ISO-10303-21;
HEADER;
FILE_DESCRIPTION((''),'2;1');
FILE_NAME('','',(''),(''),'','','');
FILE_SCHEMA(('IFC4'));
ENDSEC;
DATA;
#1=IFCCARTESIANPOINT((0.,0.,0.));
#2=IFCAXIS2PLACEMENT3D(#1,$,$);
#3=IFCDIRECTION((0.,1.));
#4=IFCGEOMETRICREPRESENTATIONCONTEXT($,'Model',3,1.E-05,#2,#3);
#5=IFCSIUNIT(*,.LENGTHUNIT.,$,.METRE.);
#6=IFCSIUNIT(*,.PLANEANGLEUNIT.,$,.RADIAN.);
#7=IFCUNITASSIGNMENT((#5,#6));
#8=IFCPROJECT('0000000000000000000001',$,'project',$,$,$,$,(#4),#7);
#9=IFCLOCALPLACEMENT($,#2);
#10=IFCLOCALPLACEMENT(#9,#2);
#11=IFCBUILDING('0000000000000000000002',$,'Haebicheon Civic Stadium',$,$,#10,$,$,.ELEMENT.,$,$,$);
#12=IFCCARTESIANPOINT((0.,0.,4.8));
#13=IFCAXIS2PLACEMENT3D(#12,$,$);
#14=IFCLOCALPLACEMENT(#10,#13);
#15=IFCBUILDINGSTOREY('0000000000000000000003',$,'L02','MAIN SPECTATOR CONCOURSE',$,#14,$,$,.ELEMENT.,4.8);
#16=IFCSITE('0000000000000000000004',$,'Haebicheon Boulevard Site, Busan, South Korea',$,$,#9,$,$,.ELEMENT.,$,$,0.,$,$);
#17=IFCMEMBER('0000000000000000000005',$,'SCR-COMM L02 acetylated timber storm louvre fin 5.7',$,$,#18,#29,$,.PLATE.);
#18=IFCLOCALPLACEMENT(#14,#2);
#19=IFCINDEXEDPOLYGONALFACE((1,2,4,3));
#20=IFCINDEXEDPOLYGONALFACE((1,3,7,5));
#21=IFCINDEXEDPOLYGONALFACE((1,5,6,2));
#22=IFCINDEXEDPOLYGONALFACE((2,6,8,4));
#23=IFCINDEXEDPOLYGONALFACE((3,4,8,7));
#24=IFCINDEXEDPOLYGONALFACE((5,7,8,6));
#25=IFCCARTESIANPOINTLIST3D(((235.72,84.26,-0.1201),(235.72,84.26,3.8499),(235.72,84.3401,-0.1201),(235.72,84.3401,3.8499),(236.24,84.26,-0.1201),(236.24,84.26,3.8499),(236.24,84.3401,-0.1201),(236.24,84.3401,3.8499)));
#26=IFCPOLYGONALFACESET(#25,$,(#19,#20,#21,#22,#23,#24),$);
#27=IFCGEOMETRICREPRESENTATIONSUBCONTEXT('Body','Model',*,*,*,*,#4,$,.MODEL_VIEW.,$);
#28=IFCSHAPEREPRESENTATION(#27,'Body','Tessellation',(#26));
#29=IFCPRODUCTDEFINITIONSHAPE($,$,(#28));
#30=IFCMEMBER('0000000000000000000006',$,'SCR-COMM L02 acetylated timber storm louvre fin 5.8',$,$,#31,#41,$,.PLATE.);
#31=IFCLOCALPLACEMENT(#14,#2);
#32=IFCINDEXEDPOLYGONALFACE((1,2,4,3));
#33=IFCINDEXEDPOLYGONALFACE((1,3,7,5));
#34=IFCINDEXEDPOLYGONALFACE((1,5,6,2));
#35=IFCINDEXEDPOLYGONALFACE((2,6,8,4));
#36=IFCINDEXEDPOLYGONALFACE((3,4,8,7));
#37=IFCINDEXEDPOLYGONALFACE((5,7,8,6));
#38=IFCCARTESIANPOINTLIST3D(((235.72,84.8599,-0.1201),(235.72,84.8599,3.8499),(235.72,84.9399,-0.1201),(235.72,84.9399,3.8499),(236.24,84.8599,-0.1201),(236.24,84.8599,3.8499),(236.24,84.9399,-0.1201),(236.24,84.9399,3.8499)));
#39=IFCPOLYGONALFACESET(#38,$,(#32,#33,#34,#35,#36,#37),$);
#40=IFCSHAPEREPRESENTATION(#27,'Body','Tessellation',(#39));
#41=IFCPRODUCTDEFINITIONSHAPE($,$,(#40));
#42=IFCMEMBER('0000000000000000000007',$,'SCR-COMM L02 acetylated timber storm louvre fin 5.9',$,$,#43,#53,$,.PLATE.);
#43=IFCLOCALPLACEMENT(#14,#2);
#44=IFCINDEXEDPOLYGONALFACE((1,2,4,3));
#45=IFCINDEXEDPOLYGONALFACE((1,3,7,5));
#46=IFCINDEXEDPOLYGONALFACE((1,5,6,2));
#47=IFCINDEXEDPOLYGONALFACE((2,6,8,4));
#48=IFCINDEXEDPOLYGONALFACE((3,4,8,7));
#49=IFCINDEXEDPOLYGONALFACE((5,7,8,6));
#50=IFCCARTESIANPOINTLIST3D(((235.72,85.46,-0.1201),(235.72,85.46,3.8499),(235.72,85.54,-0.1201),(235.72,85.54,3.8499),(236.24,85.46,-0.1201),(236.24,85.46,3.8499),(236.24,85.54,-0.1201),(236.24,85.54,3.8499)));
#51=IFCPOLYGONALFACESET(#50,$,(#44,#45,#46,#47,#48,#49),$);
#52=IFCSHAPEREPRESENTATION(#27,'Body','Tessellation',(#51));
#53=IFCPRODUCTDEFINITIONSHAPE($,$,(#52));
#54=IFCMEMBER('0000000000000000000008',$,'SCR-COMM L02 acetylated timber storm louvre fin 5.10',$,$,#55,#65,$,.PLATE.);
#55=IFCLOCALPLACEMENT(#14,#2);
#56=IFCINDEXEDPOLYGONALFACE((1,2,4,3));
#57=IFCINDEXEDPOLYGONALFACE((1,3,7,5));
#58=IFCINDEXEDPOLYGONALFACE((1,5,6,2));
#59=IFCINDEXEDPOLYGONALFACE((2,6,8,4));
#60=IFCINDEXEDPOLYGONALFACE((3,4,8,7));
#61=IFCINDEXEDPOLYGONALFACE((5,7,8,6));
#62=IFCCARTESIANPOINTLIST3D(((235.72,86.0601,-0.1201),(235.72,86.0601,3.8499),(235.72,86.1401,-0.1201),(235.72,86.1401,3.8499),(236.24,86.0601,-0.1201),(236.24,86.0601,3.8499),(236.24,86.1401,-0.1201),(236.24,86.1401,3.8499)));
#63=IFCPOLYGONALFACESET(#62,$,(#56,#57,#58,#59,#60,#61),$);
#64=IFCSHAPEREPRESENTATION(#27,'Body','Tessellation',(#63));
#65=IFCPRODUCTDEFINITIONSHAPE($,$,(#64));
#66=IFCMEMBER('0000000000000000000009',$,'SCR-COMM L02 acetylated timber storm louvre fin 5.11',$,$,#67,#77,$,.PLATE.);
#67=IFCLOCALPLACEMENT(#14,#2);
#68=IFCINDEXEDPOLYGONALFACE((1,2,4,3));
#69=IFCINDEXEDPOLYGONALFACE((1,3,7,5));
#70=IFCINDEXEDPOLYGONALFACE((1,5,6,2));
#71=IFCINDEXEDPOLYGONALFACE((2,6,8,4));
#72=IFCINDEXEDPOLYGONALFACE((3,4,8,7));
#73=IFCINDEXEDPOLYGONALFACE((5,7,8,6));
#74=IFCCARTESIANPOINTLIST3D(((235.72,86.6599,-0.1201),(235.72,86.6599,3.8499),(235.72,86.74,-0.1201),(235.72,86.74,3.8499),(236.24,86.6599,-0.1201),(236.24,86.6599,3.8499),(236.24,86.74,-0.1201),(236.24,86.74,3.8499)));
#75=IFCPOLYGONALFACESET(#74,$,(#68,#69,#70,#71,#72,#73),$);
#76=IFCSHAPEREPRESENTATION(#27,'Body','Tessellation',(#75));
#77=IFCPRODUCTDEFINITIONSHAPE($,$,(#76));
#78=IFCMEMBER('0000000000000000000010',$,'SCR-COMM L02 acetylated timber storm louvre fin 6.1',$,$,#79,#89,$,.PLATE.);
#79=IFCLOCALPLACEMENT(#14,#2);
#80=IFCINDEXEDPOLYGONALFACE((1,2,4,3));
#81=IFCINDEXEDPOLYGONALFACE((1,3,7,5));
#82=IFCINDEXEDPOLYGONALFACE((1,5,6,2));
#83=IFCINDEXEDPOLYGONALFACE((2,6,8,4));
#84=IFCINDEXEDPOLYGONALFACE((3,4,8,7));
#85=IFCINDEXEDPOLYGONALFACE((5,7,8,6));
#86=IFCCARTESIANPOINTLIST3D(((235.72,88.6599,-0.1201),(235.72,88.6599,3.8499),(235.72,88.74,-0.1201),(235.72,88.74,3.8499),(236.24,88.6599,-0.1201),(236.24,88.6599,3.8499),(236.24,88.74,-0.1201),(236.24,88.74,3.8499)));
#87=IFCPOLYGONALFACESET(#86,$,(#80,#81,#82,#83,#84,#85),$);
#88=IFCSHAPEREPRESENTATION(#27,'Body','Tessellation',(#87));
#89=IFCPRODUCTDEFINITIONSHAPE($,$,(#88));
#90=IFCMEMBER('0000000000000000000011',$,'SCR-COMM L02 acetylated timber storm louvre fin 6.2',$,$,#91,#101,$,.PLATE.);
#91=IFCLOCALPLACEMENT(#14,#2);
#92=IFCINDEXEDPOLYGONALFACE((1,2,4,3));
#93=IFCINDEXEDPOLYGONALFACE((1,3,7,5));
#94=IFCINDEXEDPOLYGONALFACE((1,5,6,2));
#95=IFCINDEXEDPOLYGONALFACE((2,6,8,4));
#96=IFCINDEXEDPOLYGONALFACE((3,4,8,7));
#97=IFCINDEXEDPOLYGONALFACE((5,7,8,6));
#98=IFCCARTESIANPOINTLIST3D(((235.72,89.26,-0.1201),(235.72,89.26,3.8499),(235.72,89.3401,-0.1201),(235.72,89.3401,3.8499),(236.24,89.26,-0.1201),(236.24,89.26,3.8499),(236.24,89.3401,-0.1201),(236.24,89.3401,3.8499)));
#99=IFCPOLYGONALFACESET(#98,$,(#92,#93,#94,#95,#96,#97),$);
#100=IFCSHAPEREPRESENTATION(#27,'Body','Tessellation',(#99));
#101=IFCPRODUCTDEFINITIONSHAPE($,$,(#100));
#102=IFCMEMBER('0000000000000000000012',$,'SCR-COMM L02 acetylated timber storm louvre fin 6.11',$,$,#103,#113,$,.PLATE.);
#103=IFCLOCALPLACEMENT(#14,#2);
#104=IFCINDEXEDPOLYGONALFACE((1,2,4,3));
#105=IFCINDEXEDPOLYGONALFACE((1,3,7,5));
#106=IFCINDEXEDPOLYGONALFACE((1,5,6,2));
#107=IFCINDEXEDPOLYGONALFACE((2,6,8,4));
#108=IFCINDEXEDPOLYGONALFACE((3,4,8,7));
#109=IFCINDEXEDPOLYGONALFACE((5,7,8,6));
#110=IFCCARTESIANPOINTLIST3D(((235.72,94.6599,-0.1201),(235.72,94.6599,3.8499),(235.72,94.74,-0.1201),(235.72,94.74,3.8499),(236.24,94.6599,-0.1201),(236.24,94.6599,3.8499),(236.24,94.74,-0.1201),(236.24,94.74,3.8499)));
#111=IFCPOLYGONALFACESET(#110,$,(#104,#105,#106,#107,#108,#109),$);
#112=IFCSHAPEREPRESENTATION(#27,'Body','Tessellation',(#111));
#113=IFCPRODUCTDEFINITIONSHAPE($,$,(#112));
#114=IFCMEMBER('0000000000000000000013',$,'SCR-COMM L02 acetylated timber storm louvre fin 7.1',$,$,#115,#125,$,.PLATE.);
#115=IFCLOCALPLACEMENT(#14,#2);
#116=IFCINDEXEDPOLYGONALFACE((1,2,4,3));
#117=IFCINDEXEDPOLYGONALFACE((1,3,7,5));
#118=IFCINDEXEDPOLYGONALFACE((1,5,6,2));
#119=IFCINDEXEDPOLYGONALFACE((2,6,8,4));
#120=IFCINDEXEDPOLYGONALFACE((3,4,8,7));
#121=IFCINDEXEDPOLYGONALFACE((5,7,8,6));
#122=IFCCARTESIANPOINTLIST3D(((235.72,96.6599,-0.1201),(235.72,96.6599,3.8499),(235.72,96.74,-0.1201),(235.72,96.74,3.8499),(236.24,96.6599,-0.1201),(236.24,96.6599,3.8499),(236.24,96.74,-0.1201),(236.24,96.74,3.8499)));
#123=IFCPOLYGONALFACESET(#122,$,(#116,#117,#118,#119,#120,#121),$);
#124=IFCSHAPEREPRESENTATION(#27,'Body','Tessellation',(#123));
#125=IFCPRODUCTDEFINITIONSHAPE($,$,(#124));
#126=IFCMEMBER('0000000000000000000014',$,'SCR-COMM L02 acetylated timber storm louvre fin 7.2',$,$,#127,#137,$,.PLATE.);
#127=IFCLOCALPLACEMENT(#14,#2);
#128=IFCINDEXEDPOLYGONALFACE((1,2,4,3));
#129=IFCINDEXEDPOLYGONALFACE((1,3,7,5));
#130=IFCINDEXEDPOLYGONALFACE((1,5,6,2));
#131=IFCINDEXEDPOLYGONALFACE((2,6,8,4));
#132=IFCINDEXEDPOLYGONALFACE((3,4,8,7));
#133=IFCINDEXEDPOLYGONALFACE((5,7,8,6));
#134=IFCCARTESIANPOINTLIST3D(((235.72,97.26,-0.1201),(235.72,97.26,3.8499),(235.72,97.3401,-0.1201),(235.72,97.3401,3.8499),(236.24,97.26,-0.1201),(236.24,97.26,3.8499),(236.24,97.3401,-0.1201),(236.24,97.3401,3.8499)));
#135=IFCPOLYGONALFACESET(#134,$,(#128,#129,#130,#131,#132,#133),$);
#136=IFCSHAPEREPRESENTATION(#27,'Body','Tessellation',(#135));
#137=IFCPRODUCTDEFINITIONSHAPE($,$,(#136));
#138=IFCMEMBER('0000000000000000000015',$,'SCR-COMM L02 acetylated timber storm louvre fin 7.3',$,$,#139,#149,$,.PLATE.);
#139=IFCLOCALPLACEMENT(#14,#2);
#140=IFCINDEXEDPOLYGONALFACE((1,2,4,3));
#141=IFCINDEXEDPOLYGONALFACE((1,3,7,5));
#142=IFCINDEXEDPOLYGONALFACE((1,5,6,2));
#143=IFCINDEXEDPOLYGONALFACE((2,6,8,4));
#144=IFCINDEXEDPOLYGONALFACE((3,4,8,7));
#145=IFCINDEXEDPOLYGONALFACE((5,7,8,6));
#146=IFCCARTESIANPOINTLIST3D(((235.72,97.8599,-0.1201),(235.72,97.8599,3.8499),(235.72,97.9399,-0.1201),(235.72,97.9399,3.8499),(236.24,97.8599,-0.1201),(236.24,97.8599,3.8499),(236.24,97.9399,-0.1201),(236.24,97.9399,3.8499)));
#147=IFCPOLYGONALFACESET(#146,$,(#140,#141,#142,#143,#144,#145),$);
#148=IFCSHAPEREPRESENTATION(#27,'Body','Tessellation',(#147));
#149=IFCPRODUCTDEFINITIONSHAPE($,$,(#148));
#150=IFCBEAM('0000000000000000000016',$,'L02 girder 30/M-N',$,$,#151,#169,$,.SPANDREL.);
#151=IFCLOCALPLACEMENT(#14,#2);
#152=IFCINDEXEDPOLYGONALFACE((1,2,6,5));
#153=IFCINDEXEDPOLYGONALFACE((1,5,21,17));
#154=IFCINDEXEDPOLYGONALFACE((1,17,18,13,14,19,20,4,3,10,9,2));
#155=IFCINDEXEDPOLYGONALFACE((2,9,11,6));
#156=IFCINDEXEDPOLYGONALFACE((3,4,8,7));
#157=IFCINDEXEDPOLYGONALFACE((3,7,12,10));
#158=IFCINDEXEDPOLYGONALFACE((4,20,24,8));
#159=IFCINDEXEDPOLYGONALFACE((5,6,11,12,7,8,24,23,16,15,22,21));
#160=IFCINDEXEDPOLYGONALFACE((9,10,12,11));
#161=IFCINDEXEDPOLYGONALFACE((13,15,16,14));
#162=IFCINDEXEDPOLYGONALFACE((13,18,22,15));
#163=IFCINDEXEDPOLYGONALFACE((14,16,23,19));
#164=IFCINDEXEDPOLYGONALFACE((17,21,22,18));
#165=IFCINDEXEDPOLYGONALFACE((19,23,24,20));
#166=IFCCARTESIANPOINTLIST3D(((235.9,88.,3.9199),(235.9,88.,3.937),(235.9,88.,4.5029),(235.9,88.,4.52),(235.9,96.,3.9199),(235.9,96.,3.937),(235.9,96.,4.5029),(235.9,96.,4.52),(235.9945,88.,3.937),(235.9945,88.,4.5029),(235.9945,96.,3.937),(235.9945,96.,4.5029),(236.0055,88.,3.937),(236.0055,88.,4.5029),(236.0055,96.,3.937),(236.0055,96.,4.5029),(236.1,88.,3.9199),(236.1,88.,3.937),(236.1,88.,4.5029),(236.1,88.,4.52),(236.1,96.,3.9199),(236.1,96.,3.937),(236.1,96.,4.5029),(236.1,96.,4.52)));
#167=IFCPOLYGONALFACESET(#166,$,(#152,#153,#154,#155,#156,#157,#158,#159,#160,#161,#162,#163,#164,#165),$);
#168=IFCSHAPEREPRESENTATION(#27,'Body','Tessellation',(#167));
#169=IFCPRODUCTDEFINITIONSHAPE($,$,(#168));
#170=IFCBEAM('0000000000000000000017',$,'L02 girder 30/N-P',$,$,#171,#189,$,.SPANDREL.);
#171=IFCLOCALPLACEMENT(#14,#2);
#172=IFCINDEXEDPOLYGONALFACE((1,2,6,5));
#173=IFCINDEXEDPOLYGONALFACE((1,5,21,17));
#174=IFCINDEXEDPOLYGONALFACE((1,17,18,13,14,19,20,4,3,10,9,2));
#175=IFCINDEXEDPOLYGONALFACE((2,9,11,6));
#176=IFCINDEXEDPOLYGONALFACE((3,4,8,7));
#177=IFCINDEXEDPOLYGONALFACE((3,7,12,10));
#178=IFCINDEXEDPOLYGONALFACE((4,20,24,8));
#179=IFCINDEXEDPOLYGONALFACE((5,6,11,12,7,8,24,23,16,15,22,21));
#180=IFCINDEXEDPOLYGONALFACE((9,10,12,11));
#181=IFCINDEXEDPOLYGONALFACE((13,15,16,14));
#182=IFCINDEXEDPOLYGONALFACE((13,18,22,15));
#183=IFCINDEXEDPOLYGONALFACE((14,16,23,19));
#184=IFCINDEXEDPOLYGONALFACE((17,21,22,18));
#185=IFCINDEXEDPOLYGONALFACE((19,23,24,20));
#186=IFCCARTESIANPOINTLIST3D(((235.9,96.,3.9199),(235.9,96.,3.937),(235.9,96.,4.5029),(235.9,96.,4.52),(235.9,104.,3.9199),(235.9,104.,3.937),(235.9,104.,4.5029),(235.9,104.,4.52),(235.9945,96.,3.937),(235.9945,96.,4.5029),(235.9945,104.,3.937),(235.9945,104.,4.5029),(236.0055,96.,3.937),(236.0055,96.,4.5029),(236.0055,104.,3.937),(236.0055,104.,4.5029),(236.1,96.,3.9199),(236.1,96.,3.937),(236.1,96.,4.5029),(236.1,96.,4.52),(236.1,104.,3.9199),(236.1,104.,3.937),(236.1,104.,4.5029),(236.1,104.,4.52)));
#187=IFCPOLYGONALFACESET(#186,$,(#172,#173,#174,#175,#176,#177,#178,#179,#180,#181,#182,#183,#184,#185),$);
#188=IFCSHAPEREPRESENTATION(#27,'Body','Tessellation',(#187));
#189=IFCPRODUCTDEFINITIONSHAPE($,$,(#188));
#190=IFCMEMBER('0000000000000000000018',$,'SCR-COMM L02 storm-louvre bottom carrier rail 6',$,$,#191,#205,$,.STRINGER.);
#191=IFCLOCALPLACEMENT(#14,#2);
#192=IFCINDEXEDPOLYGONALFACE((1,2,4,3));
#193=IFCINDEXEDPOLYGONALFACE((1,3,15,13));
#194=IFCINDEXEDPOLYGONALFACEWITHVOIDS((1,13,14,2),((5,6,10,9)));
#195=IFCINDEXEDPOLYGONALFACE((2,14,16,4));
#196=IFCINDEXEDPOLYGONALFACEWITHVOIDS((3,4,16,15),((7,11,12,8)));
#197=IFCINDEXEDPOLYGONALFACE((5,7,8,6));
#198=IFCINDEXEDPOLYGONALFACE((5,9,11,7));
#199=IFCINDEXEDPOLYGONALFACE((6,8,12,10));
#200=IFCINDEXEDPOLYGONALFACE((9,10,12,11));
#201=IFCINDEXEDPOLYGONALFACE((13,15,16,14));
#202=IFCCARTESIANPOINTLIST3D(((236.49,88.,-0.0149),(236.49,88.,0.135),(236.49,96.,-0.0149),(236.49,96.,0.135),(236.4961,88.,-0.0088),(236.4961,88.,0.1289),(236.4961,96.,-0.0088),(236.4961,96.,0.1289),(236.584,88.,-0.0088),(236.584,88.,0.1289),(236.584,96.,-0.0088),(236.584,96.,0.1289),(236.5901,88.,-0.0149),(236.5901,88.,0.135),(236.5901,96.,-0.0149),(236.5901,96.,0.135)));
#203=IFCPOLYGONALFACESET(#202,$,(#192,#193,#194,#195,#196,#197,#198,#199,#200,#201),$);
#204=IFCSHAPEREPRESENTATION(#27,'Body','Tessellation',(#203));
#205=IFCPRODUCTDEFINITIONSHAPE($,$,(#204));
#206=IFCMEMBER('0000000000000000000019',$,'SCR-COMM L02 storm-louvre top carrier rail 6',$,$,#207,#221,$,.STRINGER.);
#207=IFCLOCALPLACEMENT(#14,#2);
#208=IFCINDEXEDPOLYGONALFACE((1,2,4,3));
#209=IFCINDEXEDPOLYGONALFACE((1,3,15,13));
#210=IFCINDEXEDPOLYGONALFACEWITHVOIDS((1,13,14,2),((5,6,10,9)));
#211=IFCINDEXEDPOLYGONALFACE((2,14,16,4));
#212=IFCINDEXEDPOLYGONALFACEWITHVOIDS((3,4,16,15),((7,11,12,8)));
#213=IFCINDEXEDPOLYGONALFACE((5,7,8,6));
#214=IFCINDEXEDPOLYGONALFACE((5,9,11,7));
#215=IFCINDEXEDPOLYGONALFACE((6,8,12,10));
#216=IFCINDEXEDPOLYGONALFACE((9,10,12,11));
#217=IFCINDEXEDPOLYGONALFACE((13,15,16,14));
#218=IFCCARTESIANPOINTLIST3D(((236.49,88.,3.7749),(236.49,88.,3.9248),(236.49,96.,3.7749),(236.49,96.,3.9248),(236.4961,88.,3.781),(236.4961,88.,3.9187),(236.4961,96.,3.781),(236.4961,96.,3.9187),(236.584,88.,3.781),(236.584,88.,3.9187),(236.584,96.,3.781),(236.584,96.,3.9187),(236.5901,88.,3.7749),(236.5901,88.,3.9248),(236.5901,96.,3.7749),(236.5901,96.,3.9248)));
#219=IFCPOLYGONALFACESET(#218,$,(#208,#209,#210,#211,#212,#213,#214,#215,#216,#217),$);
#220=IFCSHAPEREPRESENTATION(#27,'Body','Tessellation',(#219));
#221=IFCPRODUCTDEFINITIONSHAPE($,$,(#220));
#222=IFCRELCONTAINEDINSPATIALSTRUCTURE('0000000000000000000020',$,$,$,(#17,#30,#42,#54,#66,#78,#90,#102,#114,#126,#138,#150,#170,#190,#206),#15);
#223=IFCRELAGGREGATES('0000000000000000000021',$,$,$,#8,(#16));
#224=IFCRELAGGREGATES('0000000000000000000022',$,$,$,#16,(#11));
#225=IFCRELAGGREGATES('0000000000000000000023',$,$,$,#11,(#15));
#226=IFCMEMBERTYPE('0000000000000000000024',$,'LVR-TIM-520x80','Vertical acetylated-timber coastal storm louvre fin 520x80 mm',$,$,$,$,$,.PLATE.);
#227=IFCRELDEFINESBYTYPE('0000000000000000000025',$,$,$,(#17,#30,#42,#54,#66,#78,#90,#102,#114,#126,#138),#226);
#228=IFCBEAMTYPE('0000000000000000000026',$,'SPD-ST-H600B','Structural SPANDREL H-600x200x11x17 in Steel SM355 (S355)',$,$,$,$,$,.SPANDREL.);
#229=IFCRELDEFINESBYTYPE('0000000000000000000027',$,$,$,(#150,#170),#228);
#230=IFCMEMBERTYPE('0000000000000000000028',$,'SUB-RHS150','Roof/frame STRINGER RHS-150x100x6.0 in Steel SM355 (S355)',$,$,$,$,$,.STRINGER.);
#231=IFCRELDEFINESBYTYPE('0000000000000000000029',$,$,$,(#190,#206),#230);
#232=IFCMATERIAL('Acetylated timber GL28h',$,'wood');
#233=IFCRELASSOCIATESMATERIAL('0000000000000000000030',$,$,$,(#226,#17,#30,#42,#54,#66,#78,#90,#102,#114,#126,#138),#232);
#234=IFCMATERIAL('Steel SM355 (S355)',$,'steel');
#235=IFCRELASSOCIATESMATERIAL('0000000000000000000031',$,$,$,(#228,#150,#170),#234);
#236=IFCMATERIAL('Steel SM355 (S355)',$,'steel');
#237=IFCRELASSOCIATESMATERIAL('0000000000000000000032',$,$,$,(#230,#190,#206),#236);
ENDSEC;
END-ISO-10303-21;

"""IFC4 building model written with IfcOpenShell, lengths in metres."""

from ifc_helpers import new_model, si_unit, direction, frame, origin, origin_2d, place, context, subcontext, project, spatial, rectangle, hollow_rectangle, i_section, extrude, material, material_profile, profile_set, type_object, element, save


model = new_model("IFC4")

# Units and contexts
model_context = context("Model", 3, precision=1e-05, world=origin(), true_north=direction((0.0, 1.0)))
body_context = subcontext(model_context, "Body", "Model", "MODEL_VIEW")
ifc_project = project(units=[si_unit("LENGTHUNIT", "METRE"), si_unit("PLANEANGLEUNIT", "RADIAN")], contexts=[model_context])

# Site, building, storey
site_placement = place(None, origin())
site = spatial("IfcSite", under=ifc_project, at=site_placement, Name="Haebicheon Boulevard Site, Busan, South Korea", CompositionType="ELEMENT", RefElevation=0.0)
building_placement = place(site_placement, origin())
building = spatial("IfcBuilding", under=site, at=building_placement, Name="Haebicheon Civic Stadium", CompositionType="ELEMENT")
storey_placement = place(building_placement, frame((0.0, 0.0, 4.8)))
storey = spatial("IfcBuildingStorey", under=building, at=storey_placement, Name="L02", Description="MAIN SPECTATOR CONCOURSE", CompositionType="ELEMENT", Elevation=4.8)

# Members
ifc_material_1 = material(Name="Acetylated timber GL28h", Category="wood")
ifc_material_profile_1 = material_profile(ifc_material_1, rectangle(XDim=0.0801, YDim=0.52, at=origin_2d()), Name="TMB-LOUV-80x520")
ifc_profile_set_1 = profile_set([ifc_material_profile_1], Name="Acetylated timber GL28h")
member_type_1 = type_object("IfcMemberType", Name="LVR-TIM-520x80", Description="Vertical acetylated-timber coastal storm louvre fin 520x80 mm", PredefinedType="PLATE", material=ifc_profile_set_1)
for number, where, z_axis, x_axis, name in (
    (1, (235.98, 84.3, -0.1201), (0.0, 0.0, 1.0), (0.0, 1.0, 0.0), "SCR-COMM L02 acetylated timber storm louvre fin 5.7"),
    (2, (235.98, 84.8999, -0.1201), (0.0, 0.0, 1.0), (0.0, 1.0, 0.0), "SCR-COMM L02 acetylated timber storm louvre fin 5.8"),
    (3, (235.98, 85.5, -0.1201), (0.0, 0.0, 1.0), (0.0, 1.0, 0.0), "SCR-COMM L02 acetylated timber storm louvre fin 5.9"),
    (4, (235.98, 86.1001, -0.1201), (0.0, 0.0, 1.0), (0.0, 1.0, 0.0), "SCR-COMM L02 acetylated timber storm louvre fin 5.10"),
    (5, (235.98, 86.7, -0.1201), (0.0, 0.0, 1.0), (0.0, 1.0, 0.0), "SCR-COMM L02 acetylated timber storm louvre fin 5.11"),
    (6, (235.98, 88.7, -0.1201), (0.0, 0.0, 1.0), (0.0, 1.0, 0.0), "SCR-COMM L02 acetylated timber storm louvre fin 6.1"),
    (7, (235.98, 89.3, -0.1201), (0.0, 0.0, 1.0), (0.0, 1.0, 0.0), "SCR-COMM L02 acetylated timber storm louvre fin 6.2"),
    (8, (235.98, 94.7, -0.1201), (0.0, 0.0, 1.0), (0.0, 1.0, 0.0), "SCR-COMM L02 acetylated timber storm louvre fin 6.11"),
    (9, (235.98, 96.7, -0.1201), (0.0, 0.0, 1.0), (0.0, 1.0, 0.0), "SCR-COMM L02 acetylated timber storm louvre fin 7.1"),
    (10, (235.98, 97.3, -0.1201), (0.0, 0.0, 1.0), (0.0, 1.0, 0.0), "SCR-COMM L02 acetylated timber storm louvre fin 7.2"),
    (11, (235.98, 97.8999, -0.1201), (0.0, 0.0, 1.0), (0.0, 1.0, 0.0), "SCR-COMM L02 acetylated timber storm louvre fin 7.3"),
):
    element("IfcMember", number, at=place(storey_placement, frame(where, z_axis=z_axis, x_axis=x_axis)), inside=storey, type_object=member_type_1, material=ifc_profile_set_1, Name=name, PredefinedType="PLATE", context=body_context, shape_type="SweptSolid", body=[
        extrude(rectangle(XDim=0.0801, YDim=0.52, at=origin_2d()), origin(), (0.0, 0.0, 1.0), 3.97),
    ])

# Beams
ifc_material_2 = material(Name="Steel SM355 (S355)", Category="steel")
ifc_material_profile_2 = material_profile(ifc_material_2, i_section(OverallWidth=0.2, OverallDepth=0.6001, WebThickness=0.011, FlangeThickness=0.0171, at=origin_2d()), Name="H-600x200x11x17")
ifc_profile_set_2 = profile_set([ifc_material_profile_2], Name="Steel SM355 (S355)")
beam_type_1 = type_object("IfcBeamType", Name="SPD-ST-H600B", Description="Structural SPANDREL H-600x200x11x17 in Steel SM355 (S355)", PredefinedType="SPANDREL", material=ifc_profile_set_2)
for number, where, z_axis, x_axis, name in (
    (12, (236.0, 88.0, 4.22), (0.0, 1.0, 0.0), (-1.0, 0.0, 0.0), "L02 girder 30/M-N"),
    (13, (236.0, 96.0, 4.22), (0.0, 1.0, 0.0), (-1.0, 0.0, 0.0), "L02 girder 30/N-P"),
):
    element("IfcBeam", number, at=place(storey_placement, frame(where, z_axis=z_axis, x_axis=x_axis)), inside=storey, type_object=beam_type_1, material=ifc_profile_set_2, Name=name, PredefinedType="SPANDREL", context=body_context, shape_type="SweptSolid", body=[
        extrude(i_section(OverallWidth=0.2, OverallDepth=0.6001, WebThickness=0.011, FlangeThickness=0.0171, at=origin_2d()), origin(), (0.0, 0.0, 1.0), 8.0),
    ])

# Members
ifc_material_3 = material(Name="Steel SM355 (S355)", Category="steel")
ifc_material_profile_3 = material_profile(ifc_material_3, hollow_rectangle(XDim=0.1001, YDim=0.1499, WallThickness=0.0061, at=origin_2d()), Name="RHS-150x100x6.0")
ifc_profile_set_3 = profile_set([ifc_material_profile_3], Name="Steel SM355 (S355)")
member_type_2 = type_object("IfcMemberType", Name="SUB-RHS150", Description="Roof/frame STRINGER RHS-150x100x6.0 in Steel SM355 (S355)", PredefinedType="STRINGER", material=ifc_profile_set_3)
for number, where, z_axis, x_axis, name in (
    (14, (236.54, 88.0, 0.0601), (0.0, 1.0, 0.0), (-1.0, 0.0, 0.0), "SCR-COMM L02 storm-louvre bottom carrier rail 6"),
    (15, (236.54, 88.0, 3.8499), (0.0, 1.0, 0.0), (-1.0, 0.0, 0.0), "SCR-COMM L02 storm-louvre top carrier rail 6"),
):
    element("IfcMember", number, at=place(storey_placement, frame(where, z_axis=z_axis, x_axis=x_axis)), inside=storey, type_object=member_type_2, material=ifc_profile_set_3, Name=name, PredefinedType="STRINGER", context=body_context, shape_type="SweptSolid", body=[
        extrude(hollow_rectangle(XDim=0.1001, YDim=0.1499, WallThickness=0.0061, at=origin_2d()), origin(), (0.0, 0.0, 1.0), 8.0),
    ])

save(model, "model.ifc")
